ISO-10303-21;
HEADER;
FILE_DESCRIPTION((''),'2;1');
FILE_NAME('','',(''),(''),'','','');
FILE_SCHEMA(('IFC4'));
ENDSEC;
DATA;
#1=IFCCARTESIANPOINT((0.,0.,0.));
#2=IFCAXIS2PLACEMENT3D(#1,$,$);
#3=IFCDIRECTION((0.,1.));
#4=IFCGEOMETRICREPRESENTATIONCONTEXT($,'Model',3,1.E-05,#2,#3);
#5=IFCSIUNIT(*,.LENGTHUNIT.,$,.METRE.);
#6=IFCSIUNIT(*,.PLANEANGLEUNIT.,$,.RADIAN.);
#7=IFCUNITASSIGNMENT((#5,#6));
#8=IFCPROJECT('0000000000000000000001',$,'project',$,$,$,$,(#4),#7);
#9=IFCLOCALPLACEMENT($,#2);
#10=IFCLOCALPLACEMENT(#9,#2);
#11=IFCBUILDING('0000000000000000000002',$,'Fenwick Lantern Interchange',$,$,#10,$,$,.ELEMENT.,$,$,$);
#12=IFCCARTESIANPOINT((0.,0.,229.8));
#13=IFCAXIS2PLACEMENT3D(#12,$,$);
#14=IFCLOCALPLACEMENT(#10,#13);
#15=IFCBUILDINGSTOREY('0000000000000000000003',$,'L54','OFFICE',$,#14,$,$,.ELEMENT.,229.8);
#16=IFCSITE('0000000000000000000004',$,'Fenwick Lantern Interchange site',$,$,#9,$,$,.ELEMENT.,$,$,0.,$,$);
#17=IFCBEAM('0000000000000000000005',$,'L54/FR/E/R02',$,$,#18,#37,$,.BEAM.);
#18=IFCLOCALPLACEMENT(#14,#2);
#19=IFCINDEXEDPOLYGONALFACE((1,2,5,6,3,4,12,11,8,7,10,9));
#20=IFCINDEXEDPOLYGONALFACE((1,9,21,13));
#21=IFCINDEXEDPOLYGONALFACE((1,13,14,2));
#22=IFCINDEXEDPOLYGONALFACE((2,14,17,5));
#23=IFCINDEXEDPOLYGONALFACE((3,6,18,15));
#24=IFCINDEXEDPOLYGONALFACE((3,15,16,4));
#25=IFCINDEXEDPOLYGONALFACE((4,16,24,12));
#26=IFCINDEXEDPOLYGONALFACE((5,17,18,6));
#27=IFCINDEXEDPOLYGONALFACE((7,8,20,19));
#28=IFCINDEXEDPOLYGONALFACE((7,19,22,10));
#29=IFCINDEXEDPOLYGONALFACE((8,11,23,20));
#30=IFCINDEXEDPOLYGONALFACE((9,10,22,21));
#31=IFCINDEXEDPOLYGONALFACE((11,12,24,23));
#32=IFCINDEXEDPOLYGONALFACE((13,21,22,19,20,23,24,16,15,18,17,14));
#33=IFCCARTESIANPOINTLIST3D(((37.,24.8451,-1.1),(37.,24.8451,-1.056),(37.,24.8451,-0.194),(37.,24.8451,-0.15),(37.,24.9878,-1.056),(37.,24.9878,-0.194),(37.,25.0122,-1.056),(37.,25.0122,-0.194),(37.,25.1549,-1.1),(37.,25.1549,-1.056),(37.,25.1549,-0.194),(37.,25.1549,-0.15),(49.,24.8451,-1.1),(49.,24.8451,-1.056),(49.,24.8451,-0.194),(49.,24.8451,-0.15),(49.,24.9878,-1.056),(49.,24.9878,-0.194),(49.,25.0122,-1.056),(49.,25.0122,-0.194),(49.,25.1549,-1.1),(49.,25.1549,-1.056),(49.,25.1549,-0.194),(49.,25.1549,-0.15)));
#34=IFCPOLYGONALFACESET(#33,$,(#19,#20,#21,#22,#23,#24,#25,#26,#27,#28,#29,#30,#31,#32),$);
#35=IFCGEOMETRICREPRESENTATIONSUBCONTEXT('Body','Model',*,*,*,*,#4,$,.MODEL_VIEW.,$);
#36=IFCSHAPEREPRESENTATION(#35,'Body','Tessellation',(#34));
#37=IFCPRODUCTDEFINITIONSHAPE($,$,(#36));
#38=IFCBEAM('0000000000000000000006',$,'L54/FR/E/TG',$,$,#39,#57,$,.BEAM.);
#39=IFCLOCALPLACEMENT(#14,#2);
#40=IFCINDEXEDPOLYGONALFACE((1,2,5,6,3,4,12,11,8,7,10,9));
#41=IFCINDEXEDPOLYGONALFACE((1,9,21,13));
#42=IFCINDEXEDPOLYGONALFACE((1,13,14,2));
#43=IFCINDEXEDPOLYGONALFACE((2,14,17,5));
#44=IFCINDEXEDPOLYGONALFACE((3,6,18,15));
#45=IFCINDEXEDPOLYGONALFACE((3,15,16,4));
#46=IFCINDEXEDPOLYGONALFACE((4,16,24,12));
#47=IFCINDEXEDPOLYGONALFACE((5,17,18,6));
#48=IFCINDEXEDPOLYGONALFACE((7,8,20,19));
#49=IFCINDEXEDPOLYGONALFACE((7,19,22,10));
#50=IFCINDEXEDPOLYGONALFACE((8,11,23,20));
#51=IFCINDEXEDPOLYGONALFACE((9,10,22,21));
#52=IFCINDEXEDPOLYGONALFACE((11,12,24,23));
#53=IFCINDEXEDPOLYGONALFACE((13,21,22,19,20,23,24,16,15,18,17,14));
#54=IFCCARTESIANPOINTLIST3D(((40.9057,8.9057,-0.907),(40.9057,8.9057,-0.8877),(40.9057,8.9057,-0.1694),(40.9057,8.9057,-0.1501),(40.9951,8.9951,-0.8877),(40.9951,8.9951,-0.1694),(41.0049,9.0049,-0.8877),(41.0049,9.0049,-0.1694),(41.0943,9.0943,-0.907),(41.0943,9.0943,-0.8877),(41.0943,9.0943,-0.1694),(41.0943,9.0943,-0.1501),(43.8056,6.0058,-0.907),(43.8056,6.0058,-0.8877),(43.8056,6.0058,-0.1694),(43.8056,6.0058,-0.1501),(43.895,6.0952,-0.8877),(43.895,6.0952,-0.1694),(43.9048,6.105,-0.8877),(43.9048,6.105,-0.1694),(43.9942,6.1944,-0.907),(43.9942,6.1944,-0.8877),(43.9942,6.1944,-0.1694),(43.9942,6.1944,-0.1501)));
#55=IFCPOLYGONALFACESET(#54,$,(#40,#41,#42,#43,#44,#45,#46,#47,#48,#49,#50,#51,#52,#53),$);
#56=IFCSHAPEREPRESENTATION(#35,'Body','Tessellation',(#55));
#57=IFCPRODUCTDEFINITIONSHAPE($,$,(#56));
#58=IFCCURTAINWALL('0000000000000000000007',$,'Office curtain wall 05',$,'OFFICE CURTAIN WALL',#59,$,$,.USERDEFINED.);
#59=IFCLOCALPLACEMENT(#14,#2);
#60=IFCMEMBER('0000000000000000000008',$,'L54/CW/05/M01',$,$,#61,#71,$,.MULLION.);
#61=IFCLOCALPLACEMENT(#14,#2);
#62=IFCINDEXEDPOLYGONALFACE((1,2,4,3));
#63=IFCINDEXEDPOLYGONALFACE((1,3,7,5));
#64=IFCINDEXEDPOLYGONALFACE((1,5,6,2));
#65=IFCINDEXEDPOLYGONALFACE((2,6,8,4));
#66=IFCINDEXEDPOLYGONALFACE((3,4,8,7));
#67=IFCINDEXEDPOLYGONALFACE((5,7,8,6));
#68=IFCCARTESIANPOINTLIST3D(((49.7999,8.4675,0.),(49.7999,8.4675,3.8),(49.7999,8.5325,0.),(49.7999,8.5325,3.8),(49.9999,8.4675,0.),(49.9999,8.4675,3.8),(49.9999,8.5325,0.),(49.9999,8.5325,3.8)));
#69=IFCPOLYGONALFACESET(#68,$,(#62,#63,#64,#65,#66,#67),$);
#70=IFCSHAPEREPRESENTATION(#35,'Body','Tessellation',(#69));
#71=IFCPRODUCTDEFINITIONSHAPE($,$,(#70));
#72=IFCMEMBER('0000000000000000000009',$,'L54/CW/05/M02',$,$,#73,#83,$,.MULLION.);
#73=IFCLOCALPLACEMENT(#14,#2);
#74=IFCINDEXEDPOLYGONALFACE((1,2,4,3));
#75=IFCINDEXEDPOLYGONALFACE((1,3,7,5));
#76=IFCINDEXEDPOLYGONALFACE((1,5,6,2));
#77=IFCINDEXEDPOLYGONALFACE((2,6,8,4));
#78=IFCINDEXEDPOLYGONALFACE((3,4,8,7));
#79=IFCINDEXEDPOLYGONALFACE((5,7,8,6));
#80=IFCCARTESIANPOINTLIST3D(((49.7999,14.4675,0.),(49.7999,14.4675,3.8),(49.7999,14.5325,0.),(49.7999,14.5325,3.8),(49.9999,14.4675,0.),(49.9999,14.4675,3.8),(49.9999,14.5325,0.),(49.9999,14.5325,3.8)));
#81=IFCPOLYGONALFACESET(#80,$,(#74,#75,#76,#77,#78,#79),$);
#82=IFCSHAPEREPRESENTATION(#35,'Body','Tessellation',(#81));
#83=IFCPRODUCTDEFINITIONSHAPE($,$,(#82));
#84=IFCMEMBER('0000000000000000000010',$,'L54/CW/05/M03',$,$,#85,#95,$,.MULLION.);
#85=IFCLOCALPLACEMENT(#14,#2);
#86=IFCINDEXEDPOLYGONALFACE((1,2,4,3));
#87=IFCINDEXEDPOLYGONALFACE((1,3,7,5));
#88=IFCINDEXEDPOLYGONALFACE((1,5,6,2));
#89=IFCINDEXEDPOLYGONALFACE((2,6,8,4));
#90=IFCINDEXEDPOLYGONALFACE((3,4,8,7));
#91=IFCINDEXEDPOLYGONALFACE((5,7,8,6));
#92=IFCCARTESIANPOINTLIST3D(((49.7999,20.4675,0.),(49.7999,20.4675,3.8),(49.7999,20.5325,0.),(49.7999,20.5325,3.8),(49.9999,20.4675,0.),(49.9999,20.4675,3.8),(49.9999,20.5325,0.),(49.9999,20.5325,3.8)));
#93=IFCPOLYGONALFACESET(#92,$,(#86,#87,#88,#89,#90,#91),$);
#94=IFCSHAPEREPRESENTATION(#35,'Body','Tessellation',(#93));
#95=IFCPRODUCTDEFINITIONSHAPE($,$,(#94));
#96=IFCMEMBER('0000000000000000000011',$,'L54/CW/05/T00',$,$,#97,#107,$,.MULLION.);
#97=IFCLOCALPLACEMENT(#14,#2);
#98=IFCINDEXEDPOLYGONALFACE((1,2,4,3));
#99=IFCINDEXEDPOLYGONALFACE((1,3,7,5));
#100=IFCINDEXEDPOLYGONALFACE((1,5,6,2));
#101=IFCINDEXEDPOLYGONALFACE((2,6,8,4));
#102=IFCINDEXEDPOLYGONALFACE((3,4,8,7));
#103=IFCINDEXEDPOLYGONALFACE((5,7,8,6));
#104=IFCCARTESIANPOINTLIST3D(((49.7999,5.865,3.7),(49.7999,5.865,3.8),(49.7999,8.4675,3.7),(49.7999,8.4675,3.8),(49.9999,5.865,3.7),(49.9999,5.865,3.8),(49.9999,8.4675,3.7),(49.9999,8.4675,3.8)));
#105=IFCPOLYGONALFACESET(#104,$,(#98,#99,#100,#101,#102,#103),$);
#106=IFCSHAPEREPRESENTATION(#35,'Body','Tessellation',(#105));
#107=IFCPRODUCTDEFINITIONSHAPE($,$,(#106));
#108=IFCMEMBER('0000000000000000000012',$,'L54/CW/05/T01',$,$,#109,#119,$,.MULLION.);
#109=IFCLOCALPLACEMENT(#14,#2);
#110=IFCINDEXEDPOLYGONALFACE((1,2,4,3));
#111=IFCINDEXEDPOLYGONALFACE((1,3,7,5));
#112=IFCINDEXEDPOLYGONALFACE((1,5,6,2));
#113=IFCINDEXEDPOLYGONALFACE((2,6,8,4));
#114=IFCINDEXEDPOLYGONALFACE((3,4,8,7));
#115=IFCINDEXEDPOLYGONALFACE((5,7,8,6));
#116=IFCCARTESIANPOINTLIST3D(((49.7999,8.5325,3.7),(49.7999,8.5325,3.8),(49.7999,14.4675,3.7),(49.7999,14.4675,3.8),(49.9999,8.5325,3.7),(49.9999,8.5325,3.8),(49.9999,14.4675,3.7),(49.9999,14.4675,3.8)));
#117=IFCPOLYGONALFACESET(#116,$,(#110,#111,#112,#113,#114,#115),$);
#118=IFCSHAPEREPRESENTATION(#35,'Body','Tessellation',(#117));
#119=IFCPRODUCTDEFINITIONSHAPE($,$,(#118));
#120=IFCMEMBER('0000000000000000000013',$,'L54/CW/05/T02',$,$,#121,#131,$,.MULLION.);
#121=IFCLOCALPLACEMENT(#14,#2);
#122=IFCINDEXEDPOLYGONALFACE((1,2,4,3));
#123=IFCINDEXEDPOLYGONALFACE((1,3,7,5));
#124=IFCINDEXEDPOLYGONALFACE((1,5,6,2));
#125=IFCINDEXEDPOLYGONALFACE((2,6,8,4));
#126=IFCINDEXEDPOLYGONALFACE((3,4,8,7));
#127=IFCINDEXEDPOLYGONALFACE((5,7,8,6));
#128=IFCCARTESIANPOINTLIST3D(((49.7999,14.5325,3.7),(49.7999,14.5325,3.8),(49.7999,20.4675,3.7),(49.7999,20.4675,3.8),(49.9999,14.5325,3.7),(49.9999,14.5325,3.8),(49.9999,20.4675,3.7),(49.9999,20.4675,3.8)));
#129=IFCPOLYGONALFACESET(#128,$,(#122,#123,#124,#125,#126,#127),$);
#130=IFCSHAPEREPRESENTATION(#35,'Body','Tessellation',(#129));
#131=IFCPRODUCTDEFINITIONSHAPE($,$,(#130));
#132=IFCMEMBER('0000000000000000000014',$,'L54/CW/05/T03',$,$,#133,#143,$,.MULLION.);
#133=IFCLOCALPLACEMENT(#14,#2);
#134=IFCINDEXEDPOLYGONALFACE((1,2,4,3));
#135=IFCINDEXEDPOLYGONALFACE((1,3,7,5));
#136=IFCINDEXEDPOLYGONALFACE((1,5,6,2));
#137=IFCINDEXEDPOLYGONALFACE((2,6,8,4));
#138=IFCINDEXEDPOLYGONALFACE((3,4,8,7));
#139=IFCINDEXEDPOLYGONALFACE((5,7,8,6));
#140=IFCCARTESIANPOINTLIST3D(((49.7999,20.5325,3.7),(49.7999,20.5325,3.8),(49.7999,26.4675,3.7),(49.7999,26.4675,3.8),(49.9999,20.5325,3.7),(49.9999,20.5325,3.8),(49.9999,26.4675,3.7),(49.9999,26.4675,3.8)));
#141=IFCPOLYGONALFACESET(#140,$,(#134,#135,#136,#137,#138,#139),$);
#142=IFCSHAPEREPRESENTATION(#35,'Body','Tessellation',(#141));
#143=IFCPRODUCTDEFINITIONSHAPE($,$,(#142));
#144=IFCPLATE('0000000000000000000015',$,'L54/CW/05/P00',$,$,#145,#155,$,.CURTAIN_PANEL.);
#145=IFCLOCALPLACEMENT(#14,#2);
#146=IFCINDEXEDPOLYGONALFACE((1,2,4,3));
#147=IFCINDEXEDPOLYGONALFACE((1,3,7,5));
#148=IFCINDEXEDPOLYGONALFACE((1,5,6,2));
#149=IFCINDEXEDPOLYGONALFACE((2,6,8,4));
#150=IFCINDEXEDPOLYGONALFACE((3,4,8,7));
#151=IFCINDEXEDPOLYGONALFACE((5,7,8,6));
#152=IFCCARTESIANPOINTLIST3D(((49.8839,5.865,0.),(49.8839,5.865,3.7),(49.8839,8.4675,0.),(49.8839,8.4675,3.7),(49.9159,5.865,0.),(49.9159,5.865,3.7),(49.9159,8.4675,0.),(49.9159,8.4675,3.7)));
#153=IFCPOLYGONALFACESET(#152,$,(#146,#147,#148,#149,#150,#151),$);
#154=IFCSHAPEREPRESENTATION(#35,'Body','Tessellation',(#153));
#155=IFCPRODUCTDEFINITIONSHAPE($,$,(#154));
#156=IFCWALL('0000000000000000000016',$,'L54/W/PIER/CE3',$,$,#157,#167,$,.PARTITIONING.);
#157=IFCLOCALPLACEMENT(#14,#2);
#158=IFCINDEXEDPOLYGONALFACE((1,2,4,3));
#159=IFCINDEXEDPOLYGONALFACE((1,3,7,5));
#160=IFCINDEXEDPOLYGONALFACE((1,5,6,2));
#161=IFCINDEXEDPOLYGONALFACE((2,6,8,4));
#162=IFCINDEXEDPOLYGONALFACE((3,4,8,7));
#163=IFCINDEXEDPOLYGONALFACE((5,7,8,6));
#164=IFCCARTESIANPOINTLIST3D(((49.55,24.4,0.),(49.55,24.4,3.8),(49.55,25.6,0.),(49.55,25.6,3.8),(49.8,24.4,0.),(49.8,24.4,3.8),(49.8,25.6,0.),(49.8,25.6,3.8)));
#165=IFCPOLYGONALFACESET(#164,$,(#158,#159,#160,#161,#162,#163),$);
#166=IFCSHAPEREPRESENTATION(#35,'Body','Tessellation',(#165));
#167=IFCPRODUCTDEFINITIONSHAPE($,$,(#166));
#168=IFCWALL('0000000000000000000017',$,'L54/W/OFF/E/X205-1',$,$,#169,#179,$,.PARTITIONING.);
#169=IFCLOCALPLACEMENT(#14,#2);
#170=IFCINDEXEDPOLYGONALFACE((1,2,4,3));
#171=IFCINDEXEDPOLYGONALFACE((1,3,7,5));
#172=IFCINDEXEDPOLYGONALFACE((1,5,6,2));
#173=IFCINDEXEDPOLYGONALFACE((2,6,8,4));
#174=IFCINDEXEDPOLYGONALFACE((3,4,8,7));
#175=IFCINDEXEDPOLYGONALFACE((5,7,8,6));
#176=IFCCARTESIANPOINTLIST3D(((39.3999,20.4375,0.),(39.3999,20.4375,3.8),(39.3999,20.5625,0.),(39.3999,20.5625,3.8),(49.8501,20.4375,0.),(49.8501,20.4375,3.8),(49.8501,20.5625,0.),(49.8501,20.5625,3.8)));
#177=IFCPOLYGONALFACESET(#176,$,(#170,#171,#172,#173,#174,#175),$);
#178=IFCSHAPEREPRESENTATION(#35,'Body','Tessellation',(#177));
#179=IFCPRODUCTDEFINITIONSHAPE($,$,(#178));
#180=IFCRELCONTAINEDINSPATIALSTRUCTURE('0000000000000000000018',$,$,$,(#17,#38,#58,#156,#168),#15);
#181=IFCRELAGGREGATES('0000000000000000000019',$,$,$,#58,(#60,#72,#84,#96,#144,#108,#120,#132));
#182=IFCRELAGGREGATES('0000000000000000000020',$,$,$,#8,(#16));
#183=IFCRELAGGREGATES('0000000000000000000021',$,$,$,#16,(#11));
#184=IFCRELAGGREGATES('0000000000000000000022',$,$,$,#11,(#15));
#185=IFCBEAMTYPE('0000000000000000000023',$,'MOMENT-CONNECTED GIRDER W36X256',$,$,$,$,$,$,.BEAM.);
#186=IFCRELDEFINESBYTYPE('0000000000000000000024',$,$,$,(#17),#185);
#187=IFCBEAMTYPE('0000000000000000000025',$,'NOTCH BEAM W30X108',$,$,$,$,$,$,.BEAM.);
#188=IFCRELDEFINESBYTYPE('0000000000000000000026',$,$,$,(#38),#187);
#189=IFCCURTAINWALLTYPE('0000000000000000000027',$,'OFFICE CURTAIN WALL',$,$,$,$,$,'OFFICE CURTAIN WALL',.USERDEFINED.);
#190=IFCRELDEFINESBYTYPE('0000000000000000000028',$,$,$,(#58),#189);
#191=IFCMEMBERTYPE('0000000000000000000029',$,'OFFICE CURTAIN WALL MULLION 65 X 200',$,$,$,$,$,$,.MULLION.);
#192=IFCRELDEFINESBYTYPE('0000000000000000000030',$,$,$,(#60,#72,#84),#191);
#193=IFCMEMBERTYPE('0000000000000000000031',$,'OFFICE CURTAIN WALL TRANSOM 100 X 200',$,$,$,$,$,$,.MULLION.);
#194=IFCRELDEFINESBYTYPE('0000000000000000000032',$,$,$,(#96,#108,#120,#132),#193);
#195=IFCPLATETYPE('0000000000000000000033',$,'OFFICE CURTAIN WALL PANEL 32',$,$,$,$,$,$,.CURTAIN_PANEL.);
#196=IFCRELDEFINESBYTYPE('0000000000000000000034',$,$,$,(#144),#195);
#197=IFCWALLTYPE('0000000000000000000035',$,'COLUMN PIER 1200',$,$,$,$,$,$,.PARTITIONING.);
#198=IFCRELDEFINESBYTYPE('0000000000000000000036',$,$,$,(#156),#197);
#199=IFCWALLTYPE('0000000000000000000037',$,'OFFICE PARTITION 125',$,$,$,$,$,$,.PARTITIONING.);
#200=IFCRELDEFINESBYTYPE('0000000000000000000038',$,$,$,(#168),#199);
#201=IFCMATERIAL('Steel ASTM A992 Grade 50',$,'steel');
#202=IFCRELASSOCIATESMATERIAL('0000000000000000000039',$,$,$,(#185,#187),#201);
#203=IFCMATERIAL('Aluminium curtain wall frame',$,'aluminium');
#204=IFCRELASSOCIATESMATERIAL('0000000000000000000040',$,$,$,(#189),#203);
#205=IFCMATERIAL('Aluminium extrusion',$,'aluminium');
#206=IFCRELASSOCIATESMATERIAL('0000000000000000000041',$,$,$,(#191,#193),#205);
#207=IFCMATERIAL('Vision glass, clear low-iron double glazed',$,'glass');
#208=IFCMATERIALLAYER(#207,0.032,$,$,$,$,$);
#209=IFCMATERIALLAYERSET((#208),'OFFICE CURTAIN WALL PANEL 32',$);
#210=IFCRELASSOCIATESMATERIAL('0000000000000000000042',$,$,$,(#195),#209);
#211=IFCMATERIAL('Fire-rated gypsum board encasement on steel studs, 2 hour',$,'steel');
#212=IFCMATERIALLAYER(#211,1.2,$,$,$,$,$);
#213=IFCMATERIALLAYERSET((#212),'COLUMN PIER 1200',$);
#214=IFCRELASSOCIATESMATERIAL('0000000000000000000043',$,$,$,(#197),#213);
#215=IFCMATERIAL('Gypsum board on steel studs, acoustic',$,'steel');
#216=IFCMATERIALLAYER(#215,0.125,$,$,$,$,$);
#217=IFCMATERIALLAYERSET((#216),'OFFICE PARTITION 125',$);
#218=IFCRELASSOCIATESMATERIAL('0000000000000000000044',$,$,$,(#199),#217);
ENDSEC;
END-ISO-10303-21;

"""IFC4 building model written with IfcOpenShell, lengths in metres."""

from ifc_helpers import new_model, si_unit, direction, frame, frame_2d, origin, origin_2d, place, context, subcontext, project, spatial, rectangle, i_section, extrude, material, layer, layer_set, material_profile, profile_set, type_object, element, aggregate, save


model = new_model("IFC4")

# Units and contexts
model_context = context("Model", 3, precision=1e-05, world=origin(), true_north=direction((0.0, 1.0)))
body_context = subcontext(model_context, "Body", "Model", "MODEL_VIEW")
ifc_project = project(units=[si_unit("LENGTHUNIT", "METRE"), si_unit("PLANEANGLEUNIT", "RADIAN")], contexts=[model_context])

# Site, building, storey
site_placement = place(None, origin())
site = spatial("IfcSite", under=ifc_project, at=site_placement, Name="Fenwick Lantern Interchange site", CompositionType="ELEMENT", RefElevation=0.0)
building_placement = place(site_placement, origin())
building = spatial("IfcBuilding", under=site, at=building_placement, Name="Fenwick Lantern Interchange", CompositionType="ELEMENT")
storey_placement = place(building_placement, frame((0.0, 0.0, 229.8)))
storey = spatial("IfcBuildingStorey", under=building, at=storey_placement, Name="L54", Description="OFFICE", CompositionType="ELEMENT", Elevation=229.8)

# Shared definitions
ifc_material_1 = material(Name="Steel ASTM A992 Grade 50", Category="steel")

# Beams
ifc_material_profile_1 = material_profile(ifc_material_1, i_section(OverallWidth=0.3098, OverallDepth=0.95, WebThickness=0.0244, FlangeThickness=0.0439, at=origin_2d()), Name="W36X256")
ifc_profile_set_1 = profile_set([ifc_material_profile_1], Name="Steel ASTM A992 Grade 50")
beam_type_1 = type_object("IfcBeamType", Name="MOMENT-CONNECTED GIRDER W36X256", PredefinedType="BEAM", material=ifc_profile_set_1)
beam_1_placement = place(storey_placement, frame((49.0, 25.0, -0.625), z_axis=(-1.0, 0.0, 0.0), x_axis=(0.0, -1.0, 0.0)))
element("IfcBeam", 1, at=beam_1_placement, inside=storey, type_object=beam_type_1, Name="L54/FR/E/R02", PredefinedType="BEAM", context=body_context, shape_type="SweptSolid", body=[
    extrude(i_section(OverallWidth=0.3098, OverallDepth=0.95, WebThickness=0.0244, FlangeThickness=0.0439, at=origin_2d()), origin(), (0.0, 0.0, 1.0), 12.0),
])
ifc_material_profile_2 = material_profile(ifc_material_1, i_section(OverallWidth=0.2666, OverallDepth=0.7568, WebThickness=0.0139, FlangeThickness=0.0193, at=origin_2d()), Name="W30X108")
ifc_profile_set_2 = profile_set([ifc_material_profile_2], Name="Steel ASTM A992 Grade 50")
beam_type_2 = type_object("IfcBeamType", Name="NOTCH BEAM W30X108", PredefinedType="BEAM", material=ifc_profile_set_2)
beam_2_placement = place(storey_placement, frame((41.0, 9.0, -0.5286), z_axis=(0.707107, -0.707107, 0.0), x_axis=(0.707107, 0.707107, 0.0)))
element("IfcBeam", 2, at=beam_2_placement, inside=storey, type_object=beam_type_2, Name="L54/FR/E/TG", PredefinedType="BEAM", context=body_context, shape_type="SweptSolid", body=[
    extrude(i_section(OverallWidth=0.2666, OverallDepth=0.7568, WebThickness=0.0139, FlangeThickness=0.0193, at=origin_2d()), origin(), (0.0, 0.0, 1.0), 4.1011),
])

# Curtain wall, members, plate
ifc_material_2 = material(Name="Aluminium curtain wall frame", Category="aluminium")
curtain_wall_type = type_object("IfcCurtainWallType", Name="OFFICE CURTAIN WALL", ElementType="OFFICE CURTAIN WALL", PredefinedType="USERDEFINED", material=ifc_material_2)
curtain_wall_placement = place(storey_placement, origin())
curtain_wall = element("IfcCurtainWall", 3, at=curtain_wall_placement, inside=storey, type_object=curtain_wall_type, Name="Office curtain wall 05", ObjectType="OFFICE CURTAIN WALL", PredefinedType="USERDEFINED")
ifc_material_3 = material(Name="Aluminium extrusion", Category="aluminium")
ifc_material_profile_3 = material_profile(ifc_material_3, rectangle(XDim=0.2, YDim=0.0649, at=origin_2d()), Name="OFFICE CURTAIN WALL MULLION 65 X 200")
ifc_profile_set_3 = profile_set([ifc_material_profile_3], Name="Aluminium extrusion")
member_type_1 = type_object("IfcMemberType", Name="OFFICE CURTAIN WALL MULLION 65 X 200", PredefinedType="MULLION", material=ifc_profile_set_3)
member_1_placement = place(storey_placement, frame((49.8999, 8.5, 0.0), z_axis=(0.0, 0.0, 1.0), x_axis=(-1.0, 0.0, 0.0)))
member_1 = element("IfcMember", 4, at=member_1_placement, type_object=member_type_1, Name="L54/CW/05/M01", PredefinedType="MULLION", context=body_context, shape_type="SweptSolid", body=[
    extrude(rectangle(XDim=0.2, YDim=0.0649, at=origin_2d()), origin(), (0.0, 0.0, 1.0), 3.8),
])
member_2_placement = place(storey_placement, frame((49.8999, 14.5, 0.0), z_axis=(0.0, 0.0, 1.0), x_axis=(-1.0, 0.0, 0.0)))
member_2 = element("IfcMember", 5, at=member_2_placement, type_object=member_type_1, Name="L54/CW/05/M02", PredefinedType="MULLION", context=body_context, shape_type="SweptSolid", body=[
    extrude(rectangle(XDim=0.2, YDim=0.0649, at=origin_2d()), origin(), (0.0, 0.0, 1.0), 3.8),
])
member_3_placement = place(storey_placement, frame((49.8999, 20.5, 0.0), z_axis=(0.0, 0.0, 1.0), x_axis=(-1.0, 0.0, 0.0)))
member_3 = element("IfcMember", 6, at=member_3_placement, type_object=member_type_1, Name="L54/CW/05/M03", PredefinedType="MULLION", context=body_context, shape_type="SweptSolid", body=[
    extrude(rectangle(XDim=0.2, YDim=0.0649, at=origin_2d()), origin(), (0.0, 0.0, 1.0), 3.8),
])
ifc_material_profile_4 = material_profile(ifc_material_3, rectangle(XDim=0.2, YDim=0.1001, at=origin_2d()), Name="OFFICE CURTAIN WALL TRANSOM 100 X 200")
ifc_profile_set_4 = profile_set([ifc_material_profile_4], Name="Aluminium extrusion")
member_type_2 = type_object("IfcMemberType", Name="OFFICE CURTAIN WALL TRANSOM 100 X 200", PredefinedType="MULLION", material=ifc_profile_set_4)
member_4_placement = place(storey_placement, frame((49.8999, 5.865, 3.75), z_axis=(0.0, 1.0, 0.0), x_axis=(-1.0, 0.0, 0.0)))
member_4 = element("IfcMember", 7, at=member_4_placement, type_object=member_type_2, Name="L54/CW/05/T00", PredefinedType="MULLION", context=body_context, shape_type="SweptSolid", body=[
    extrude(rectangle(XDim=0.2, YDim=0.1001, at=origin_2d()), origin(), (0.0, 0.0, 1.0), 2.6025),
])
member_5_placement = place(storey_placement, frame((49.8999, 8.5325, 3.75), z_axis=(0.0, 1.0, 0.0), x_axis=(-1.0, 0.0, 0.0)))
member_5 = element("IfcMember", 8, at=member_5_placement, type_object=member_type_2, Name="L54/CW/05/T01", PredefinedType="MULLION", context=body_context, shape_type="SweptSolid", body=[
    extrude(rectangle(XDim=0.2, YDim=0.1001, at=origin_2d()), origin(), (0.0, 0.0, 1.0), 5.9351),
])
member_6_placement = place(storey_placement, frame((49.8999, 14.5325, 3.75), z_axis=(0.0, 1.0, 0.0), x_axis=(-1.0, 0.0, 0.0)))
member_6 = element("IfcMember", 9, at=member_6_placement, type_object=member_type_2, Name="L54/CW/05/T02", PredefinedType="MULLION", context=body_context, shape_type="SweptSolid", body=[
    extrude(rectangle(XDim=0.2, YDim=0.1001, at=origin_2d()), origin(), (0.0, 0.0, 1.0), 5.9351),
])
member_7_placement = place(storey_placement, frame((49.8999, 20.5325, 3.75), z_axis=(0.0, 1.0, 0.0), x_axis=(-1.0, 0.0, 0.0)))
member_7 = element("IfcMember", 10, at=member_7_placement, type_object=member_type_2, Name="L54/CW/05/T03", PredefinedType="MULLION", context=body_context, shape_type="SweptSolid", body=[
    extrude(rectangle(XDim=0.2, YDim=0.1001, at=origin_2d()), origin(), (0.0, 0.0, 1.0), 5.9351),
])
ifc_material_4 = material(Name="Vision glass, clear low-iron double glazed", Category="glass")
ifc_layer_1 = layer(ifc_material_4, 0.032)
ifc_layer_set_1 = layer_set([ifc_layer_1], Name="OFFICE CURTAIN WALL PANEL 32")
plate_type = type_object("IfcPlateType", Name="OFFICE CURTAIN WALL PANEL 32", PredefinedType="CURTAIN_PANEL", material=ifc_layer_set_1)
plate_placement = place(storey_placement, frame((49.8999, 7.1663, 0.0), z_axis=(0.0, 0.0, 1.0), x_axis=(0.0, 1.0, 0.0)))
plate = element("IfcPlate", 11, at=plate_placement, type_object=plate_type, Name="L54/CW/05/P00", PredefinedType="CURTAIN_PANEL", context=body_context, shape_type="SweptSolid", body=[
    extrude(rectangle(XDim=2.6025, YDim=0.032, at=origin_2d()), origin(), (0.0, 0.0, 1.0), 3.7),
])
aggregate(curtain_wall, [member_1, member_2, member_3, member_4, plate, member_5, member_6, member_7])

# Walls
ifc_material_5 = material(Name="Fire-rated gypsum board encasement on steel studs, 2 hour", Category="steel")
ifc_layer_2 = layer(ifc_material_5, 1.2)
ifc_layer_set_2 = layer_set([ifc_layer_2], Name="COLUMN PIER 1200")
wall_type_1 = type_object("IfcWallType", Name="COLUMN PIER 1200", PredefinedType="PARTITIONING", material=ifc_layer_set_2)
wall_1_placement = place(storey_placement, frame((49.8, 25.0, 0.0), z_axis=(0.0, 0.0, 1.0), x_axis=(-1.0, 0.0, 0.0)))
element("IfcWall", 12, at=wall_1_placement, inside=storey, type_object=wall_type_1, Name="L54/W/PIER/CE3", PredefinedType="PARTITIONING", context=body_context, shape_type="SweptSolid", body=[
    extrude(rectangle(XDim=0.25, YDim=1.2, at=frame_2d((0.125, 0.0))), origin(), (0.0, 0.0, 1.0), 3.8),
])
ifc_material_6 = material(Name="Gypsum board on steel studs, acoustic", Category="steel")
ifc_layer_3 = layer(ifc_material_6, 0.125)
ifc_layer_set_3 = layer_set([ifc_layer_3], Name="OFFICE PARTITION 125")
wall_type_2 = type_object("IfcWallType", Name="OFFICE PARTITION 125", PredefinedType="PARTITIONING", material=ifc_layer_set_3)
wall_2_placement = place(storey_placement, frame((49.8501, 20.5, 0.0), z_axis=(0.0, 0.0, 1.0), x_axis=(-1.0, 0.0, 0.0)))
element("IfcWall", 13, at=wall_2_placement, inside=storey, type_object=wall_type_2, Name="L54/W/OFF/E/X205-1", PredefinedType="PARTITIONING", context=body_context, shape_type="SweptSolid", body=[
    extrude(rectangle(XDim=10.4502, YDim=0.125, at=frame_2d((5.2251, 0.0))), origin(), (0.0, 0.0, 1.0), 3.8),
])

save(model, "model.ifc")
